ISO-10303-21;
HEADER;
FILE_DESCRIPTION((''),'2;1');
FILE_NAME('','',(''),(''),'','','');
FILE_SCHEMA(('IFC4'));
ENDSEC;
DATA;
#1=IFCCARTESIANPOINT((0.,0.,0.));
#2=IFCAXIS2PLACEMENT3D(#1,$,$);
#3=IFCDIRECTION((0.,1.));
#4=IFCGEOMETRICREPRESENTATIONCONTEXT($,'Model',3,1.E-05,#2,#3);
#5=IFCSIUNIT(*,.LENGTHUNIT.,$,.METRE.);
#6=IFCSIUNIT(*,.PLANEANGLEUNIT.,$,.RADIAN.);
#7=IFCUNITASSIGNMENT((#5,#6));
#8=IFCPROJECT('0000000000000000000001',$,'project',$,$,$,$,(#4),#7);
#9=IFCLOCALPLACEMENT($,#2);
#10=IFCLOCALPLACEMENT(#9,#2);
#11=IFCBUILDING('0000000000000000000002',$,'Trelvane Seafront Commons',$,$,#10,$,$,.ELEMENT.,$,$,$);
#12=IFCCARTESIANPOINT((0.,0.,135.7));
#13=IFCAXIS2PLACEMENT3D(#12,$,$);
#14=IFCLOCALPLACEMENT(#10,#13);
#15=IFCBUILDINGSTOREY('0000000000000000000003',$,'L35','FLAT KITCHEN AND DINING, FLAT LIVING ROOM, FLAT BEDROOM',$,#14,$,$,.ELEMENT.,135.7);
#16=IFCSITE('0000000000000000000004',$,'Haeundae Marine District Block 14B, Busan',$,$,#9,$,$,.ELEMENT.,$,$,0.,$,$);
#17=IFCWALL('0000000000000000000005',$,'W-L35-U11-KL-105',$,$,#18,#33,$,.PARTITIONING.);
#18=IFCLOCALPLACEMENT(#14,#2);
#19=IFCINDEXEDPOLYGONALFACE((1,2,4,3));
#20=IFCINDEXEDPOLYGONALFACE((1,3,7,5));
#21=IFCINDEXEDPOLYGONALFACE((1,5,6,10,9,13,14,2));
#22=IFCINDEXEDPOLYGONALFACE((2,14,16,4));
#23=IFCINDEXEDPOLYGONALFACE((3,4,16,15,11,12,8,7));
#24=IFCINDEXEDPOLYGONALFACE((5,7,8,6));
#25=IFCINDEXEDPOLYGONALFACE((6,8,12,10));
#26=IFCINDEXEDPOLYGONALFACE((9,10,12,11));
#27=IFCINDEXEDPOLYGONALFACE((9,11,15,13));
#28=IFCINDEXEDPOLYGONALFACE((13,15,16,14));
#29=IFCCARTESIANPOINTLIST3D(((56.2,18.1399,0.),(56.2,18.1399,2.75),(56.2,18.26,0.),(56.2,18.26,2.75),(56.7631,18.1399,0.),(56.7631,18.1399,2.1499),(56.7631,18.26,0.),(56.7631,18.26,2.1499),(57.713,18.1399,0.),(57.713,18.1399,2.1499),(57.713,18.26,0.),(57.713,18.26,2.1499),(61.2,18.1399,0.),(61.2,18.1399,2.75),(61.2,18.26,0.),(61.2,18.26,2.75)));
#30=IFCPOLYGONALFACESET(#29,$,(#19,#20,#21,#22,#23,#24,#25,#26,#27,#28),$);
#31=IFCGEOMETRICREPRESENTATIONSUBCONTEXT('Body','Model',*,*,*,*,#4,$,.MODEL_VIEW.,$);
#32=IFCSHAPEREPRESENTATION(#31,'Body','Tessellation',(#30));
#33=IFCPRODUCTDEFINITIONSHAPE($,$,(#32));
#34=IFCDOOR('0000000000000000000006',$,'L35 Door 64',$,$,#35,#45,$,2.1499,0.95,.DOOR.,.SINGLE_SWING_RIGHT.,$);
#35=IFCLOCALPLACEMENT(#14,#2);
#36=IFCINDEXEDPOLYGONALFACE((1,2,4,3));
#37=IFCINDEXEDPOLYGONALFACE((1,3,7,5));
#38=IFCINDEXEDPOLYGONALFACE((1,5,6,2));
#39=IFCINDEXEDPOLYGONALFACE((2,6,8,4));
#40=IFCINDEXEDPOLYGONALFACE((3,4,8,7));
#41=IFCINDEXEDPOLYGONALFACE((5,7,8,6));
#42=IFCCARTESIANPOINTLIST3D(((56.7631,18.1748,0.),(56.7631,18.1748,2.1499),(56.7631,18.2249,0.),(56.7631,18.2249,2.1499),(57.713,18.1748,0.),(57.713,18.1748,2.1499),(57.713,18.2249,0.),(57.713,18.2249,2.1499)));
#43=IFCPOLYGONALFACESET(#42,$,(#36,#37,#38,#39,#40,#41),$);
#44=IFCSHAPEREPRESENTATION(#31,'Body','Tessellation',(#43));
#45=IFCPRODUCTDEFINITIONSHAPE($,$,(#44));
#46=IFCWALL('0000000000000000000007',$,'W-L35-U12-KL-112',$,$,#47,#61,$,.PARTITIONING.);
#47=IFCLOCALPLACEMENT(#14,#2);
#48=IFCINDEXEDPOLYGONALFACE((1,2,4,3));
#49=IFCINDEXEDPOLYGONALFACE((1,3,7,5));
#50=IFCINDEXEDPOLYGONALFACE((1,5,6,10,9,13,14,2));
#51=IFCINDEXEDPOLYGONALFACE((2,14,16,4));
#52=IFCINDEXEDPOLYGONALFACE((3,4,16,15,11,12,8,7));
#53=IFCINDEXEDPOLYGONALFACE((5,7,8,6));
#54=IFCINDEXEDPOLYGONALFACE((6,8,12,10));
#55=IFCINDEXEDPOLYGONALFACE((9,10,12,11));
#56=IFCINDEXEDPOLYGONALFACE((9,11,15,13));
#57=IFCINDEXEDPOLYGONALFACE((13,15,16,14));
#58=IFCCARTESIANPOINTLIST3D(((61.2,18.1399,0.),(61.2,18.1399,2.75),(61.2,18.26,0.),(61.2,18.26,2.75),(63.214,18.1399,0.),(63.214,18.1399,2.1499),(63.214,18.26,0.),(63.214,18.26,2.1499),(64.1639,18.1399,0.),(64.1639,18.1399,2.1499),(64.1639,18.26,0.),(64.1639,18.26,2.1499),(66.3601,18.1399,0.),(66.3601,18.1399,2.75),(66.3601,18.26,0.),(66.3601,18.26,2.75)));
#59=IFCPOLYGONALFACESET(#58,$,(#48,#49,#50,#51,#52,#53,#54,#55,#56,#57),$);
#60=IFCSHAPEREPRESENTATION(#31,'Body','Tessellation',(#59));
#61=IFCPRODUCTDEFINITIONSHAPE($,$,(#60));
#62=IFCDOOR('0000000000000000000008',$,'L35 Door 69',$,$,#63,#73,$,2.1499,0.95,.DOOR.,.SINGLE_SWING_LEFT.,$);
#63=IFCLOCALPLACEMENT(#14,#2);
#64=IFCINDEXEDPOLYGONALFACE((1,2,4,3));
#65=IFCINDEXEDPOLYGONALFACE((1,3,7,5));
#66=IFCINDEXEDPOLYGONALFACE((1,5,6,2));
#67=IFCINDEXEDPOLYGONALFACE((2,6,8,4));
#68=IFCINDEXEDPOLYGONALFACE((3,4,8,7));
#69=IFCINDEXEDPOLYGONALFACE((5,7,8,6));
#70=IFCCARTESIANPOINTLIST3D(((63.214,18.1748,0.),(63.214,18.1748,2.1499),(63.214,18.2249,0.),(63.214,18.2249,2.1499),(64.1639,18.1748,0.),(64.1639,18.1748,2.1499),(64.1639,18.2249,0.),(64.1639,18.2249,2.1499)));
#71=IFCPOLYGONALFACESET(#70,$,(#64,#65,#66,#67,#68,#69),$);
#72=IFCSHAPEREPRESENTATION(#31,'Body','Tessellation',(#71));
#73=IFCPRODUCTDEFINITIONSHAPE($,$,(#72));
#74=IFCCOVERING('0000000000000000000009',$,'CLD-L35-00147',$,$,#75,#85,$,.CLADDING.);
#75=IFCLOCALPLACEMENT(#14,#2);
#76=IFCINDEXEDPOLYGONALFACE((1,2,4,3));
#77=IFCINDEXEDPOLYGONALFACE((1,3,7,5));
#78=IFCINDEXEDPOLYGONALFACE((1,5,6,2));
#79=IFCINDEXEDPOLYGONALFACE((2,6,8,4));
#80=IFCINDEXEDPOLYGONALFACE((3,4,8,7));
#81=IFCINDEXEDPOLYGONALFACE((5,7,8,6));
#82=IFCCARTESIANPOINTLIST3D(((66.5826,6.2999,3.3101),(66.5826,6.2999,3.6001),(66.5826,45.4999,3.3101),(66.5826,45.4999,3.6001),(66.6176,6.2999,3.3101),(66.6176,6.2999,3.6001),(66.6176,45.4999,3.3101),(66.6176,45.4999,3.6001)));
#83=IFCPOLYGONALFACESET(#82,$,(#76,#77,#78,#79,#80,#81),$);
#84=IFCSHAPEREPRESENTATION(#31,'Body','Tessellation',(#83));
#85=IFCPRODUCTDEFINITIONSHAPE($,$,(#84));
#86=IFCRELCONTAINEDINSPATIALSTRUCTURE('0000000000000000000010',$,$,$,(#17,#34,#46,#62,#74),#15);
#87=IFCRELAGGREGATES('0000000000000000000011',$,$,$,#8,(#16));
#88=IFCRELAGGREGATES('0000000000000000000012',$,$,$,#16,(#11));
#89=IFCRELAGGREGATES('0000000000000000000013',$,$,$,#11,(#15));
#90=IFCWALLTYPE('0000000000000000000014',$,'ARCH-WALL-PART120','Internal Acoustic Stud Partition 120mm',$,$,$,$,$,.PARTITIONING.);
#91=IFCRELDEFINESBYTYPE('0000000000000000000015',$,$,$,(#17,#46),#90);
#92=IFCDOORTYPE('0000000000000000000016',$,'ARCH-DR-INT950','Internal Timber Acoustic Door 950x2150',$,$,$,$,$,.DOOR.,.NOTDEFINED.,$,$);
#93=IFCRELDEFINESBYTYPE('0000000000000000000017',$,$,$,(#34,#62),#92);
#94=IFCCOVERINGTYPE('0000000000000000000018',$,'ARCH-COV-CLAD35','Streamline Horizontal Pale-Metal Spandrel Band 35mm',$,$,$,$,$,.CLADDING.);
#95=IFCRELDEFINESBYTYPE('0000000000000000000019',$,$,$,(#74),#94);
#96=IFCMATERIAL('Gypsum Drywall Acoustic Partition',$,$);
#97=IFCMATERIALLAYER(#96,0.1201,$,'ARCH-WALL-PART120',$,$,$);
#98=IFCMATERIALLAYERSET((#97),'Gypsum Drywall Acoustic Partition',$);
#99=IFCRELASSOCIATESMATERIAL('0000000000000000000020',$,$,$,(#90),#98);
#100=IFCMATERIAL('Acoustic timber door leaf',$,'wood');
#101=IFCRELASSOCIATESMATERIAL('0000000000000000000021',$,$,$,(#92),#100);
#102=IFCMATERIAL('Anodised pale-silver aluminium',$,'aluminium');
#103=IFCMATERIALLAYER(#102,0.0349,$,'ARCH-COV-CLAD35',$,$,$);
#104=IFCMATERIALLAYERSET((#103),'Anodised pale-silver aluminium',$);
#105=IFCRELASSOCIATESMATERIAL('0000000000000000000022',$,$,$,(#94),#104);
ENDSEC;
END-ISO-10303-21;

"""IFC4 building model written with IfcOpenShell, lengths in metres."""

from ifc_helpers import new_model, si_unit, direction, frame, frame_2d, origin, origin_2d, place, context, subcontext, project, spatial, rectangle, extrude, source, transform, mapped, material, layer, layer_set, type_object, element, fill, save


model = new_model("IFC4")

# Units and contexts
model_context = context("Model", 3, precision=1e-05, world=origin(), true_north=direction((0.0, 1.0)))
body_context = subcontext(model_context, "Body", "Model", "MODEL_VIEW")
ifc_project = project(units=[si_unit("LENGTHUNIT", "METRE"), si_unit("PLANEANGLEUNIT", "RADIAN")], contexts=[model_context])

# Site, building, storey
site_placement = place(None, origin())
site = spatial("IfcSite", under=ifc_project, at=site_placement, Name="Haeundae Marine District Block 14B, Busan", CompositionType="ELEMENT", RefElevation=0.0)
building_placement = place(site_placement, origin())
building = spatial("IfcBuilding", under=site, at=building_placement, Name="Trelvane Seafront Commons", CompositionType="ELEMENT")
storey_placement = place(building_placement, frame((0.0, 0.0, 135.7)))
storey = spatial("IfcBuildingStorey", under=building, at=storey_placement, Name="L35", Description="FLAT KITCHEN AND DINING, FLAT LIVING ROOM, FLAT BEDROOM", CompositionType="ELEMENT", Elevation=135.7)

# Walls, openings, doors
ifc_material_1 = material(Name="Gypsum Drywall Acoustic Partition")
ifc_layer_1 = layer(ifc_material_1, 0.1201, Name="ARCH-WALL-PART120")
ifc_layer_set_1 = layer_set([ifc_layer_1], Name="Gypsum Drywall Acoustic Partition")
wall_type = type_object("IfcWallType", Name="ARCH-WALL-PART120", Description="Internal Acoustic Stud Partition 120mm", PredefinedType="PARTITIONING", material=ifc_layer_set_1)
ifc_material_2 = material(Name="Acoustic timber door leaf", Category="wood")
door_type = type_object("IfcDoorType", Name="ARCH-DR-INT950", Description="Internal Timber Acoustic Door 950x2150", OperationType="NOTDEFINED", PredefinedType="DOOR", material=ifc_material_2)
shared_shape_1 = source(origin(), body_context, "Body", "SweptSolid", [
    extrude(rectangle(XDim=0.95, YDim=2.1499, at=frame_2d((0.4751, 1.075))), frame((0.0, 0.0249, 0.0), z_axis=(0.0, -1.0, 0.0), x_axis=(1.0, 0.0, 0.0)), (0.0, 0.0, 1.0), 0.05),
])
wall_1_placement = place(storey_placement, frame((56.2, 18.2, 0.0), z_axis=(0.0, 0.0, 1.0), x_axis=(1.0, 0.0, 0.0)))
wall_1 = element("IfcWall", 1, at=wall_1_placement, inside=storey, type_object=wall_type, Name="W-L35-U11-KL-105", PredefinedType="PARTITIONING", context=body_context, shape_type="SweptSolid", body=[
    extrude(rectangle(XDim=5.0, YDim=0.1201, at=frame_2d((2.5, 0.0))), origin(), (0.0, 0.0, 1.0), 2.75),
])
opening_1_placement = place(wall_1_placement, frame((0.563, 0.0, 0.0)))
opening_1 = element("IfcOpeningElement", 2, at=opening_1_placement, cuts=wall_1, PredefinedType="OPENING", context=body_context, shape_type="SweptSolid", body=[
    extrude(rectangle(XDim=0.95, YDim=2.1499, at=frame_2d((0.4751, 1.075))), frame((0.0, 0.0701, 0.0), z_axis=(0.0, -1.0, 0.0), x_axis=(1.0, 0.0, 0.0)), (0.0, 0.0, 1.0), 0.1401),
])
door_1_placement = place(opening_1_placement, origin())
door_1 = element("IfcDoor", 3, at=door_1_placement, inside=storey, type_object=door_type, Name="L35 Door 64", OperationType="SINGLE_SWING_RIGHT", OverallHeight=2.1499, OverallWidth=0.95, PredefinedType="DOOR", context=body_context, shape_type="MappedRepresentation", body=[
    mapped(shared_shape_1, transform((0.0, 0.0, 0.0), x_axis=(1.0, 0.0, 0.0), y_axis=(0.0, 1.0, 0.0), z_axis=(0.0, 0.0, 1.0), scale=1.0)),
])
fill(opening_1, door_1)
wall_2_placement = place(storey_placement, frame((61.2, 18.2, 0.0), z_axis=(0.0, 0.0, 1.0), x_axis=(1.0, 0.0, 0.0)))
wall_2 = element("IfcWall", 4, at=wall_2_placement, inside=storey, type_object=wall_type, Name="W-L35-U12-KL-112", PredefinedType="PARTITIONING", context=body_context, shape_type="SweptSolid", body=[
    extrude(rectangle(XDim=5.1602, YDim=0.1201, at=frame_2d((2.5801, 0.0))), origin(), (0.0, 0.0, 1.0), 2.75),
])
opening_2_placement = place(wall_2_placement, frame((2.0139, 0.0, 0.0)))
opening_2 = element("IfcOpeningElement", 5, at=opening_2_placement, cuts=wall_2, PredefinedType="OPENING", context=body_context, shape_type="SweptSolid", body=[
    extrude(rectangle(XDim=0.95, YDim=2.1499, at=frame_2d((0.4751, 1.075))), frame((0.0, 0.0701, 0.0), z_axis=(0.0, -1.0, 0.0), x_axis=(1.0, 0.0, 0.0)), (0.0, 0.0, 1.0), 0.1401),
])
door_2_placement = place(opening_2_placement, origin())
door_2 = element("IfcDoor", 6, at=door_2_placement, inside=storey, type_object=door_type, Name="L35 Door 69", OperationType="SINGLE_SWING_LEFT", OverallHeight=2.1499, OverallWidth=0.95, PredefinedType="DOOR", context=body_context, shape_type="MappedRepresentation", body=[
    mapped(shared_shape_1, transform((0.0, 0.0, 0.0), x_axis=(1.0, 0.0, 0.0), y_axis=(0.0, 1.0, 0.0), z_axis=(0.0, 0.0, 1.0), scale=1.0)),
])
fill(opening_2, door_2)

# Covering
ifc_material_3 = material(Name="Anodised pale-silver aluminium", Category="aluminium")
ifc_layer_2 = layer(ifc_material_3, 0.0349, Name="ARCH-COV-CLAD35")
ifc_layer_set_2 = layer_set([ifc_layer_2], Name="Anodised pale-silver aluminium")
covering_type = type_object("IfcCoveringType", Name="ARCH-COV-CLAD35", Description="Streamline Horizontal Pale-Metal Spandrel Band 35mm", PredefinedType="CLADDING", material=ifc_layer_set_2)
shared_shape_2 = source(origin(), body_context, "Body", "SweptSolid", [
    extrude(rectangle(XDim=39.2, YDim=0.0349, at=origin_2d()), origin(), (0.0, 0.0, 1.0), 0.29),
])
covering_placement = place(storey_placement, frame((66.6001, 25.8999, 3.3101), z_axis=(0.0, 0.0, 1.0), x_axis=(0.0, -1.0, 0.0)))
element("IfcCovering", 7, at=covering_placement, inside=storey, type_object=covering_type, Name="CLD-L35-00147", PredefinedType="CLADDING", context=body_context, shape_type="MappedRepresentation", body=[
    mapped(shared_shape_2, transform((0.0, 0.0, 0.0), x_axis=(1.0, 0.0, 0.0), y_axis=(0.0, 1.0, 0.0), z_axis=(0.0, 0.0, 1.0), scale=1.0)),
])

save(model, "model.ifc")
